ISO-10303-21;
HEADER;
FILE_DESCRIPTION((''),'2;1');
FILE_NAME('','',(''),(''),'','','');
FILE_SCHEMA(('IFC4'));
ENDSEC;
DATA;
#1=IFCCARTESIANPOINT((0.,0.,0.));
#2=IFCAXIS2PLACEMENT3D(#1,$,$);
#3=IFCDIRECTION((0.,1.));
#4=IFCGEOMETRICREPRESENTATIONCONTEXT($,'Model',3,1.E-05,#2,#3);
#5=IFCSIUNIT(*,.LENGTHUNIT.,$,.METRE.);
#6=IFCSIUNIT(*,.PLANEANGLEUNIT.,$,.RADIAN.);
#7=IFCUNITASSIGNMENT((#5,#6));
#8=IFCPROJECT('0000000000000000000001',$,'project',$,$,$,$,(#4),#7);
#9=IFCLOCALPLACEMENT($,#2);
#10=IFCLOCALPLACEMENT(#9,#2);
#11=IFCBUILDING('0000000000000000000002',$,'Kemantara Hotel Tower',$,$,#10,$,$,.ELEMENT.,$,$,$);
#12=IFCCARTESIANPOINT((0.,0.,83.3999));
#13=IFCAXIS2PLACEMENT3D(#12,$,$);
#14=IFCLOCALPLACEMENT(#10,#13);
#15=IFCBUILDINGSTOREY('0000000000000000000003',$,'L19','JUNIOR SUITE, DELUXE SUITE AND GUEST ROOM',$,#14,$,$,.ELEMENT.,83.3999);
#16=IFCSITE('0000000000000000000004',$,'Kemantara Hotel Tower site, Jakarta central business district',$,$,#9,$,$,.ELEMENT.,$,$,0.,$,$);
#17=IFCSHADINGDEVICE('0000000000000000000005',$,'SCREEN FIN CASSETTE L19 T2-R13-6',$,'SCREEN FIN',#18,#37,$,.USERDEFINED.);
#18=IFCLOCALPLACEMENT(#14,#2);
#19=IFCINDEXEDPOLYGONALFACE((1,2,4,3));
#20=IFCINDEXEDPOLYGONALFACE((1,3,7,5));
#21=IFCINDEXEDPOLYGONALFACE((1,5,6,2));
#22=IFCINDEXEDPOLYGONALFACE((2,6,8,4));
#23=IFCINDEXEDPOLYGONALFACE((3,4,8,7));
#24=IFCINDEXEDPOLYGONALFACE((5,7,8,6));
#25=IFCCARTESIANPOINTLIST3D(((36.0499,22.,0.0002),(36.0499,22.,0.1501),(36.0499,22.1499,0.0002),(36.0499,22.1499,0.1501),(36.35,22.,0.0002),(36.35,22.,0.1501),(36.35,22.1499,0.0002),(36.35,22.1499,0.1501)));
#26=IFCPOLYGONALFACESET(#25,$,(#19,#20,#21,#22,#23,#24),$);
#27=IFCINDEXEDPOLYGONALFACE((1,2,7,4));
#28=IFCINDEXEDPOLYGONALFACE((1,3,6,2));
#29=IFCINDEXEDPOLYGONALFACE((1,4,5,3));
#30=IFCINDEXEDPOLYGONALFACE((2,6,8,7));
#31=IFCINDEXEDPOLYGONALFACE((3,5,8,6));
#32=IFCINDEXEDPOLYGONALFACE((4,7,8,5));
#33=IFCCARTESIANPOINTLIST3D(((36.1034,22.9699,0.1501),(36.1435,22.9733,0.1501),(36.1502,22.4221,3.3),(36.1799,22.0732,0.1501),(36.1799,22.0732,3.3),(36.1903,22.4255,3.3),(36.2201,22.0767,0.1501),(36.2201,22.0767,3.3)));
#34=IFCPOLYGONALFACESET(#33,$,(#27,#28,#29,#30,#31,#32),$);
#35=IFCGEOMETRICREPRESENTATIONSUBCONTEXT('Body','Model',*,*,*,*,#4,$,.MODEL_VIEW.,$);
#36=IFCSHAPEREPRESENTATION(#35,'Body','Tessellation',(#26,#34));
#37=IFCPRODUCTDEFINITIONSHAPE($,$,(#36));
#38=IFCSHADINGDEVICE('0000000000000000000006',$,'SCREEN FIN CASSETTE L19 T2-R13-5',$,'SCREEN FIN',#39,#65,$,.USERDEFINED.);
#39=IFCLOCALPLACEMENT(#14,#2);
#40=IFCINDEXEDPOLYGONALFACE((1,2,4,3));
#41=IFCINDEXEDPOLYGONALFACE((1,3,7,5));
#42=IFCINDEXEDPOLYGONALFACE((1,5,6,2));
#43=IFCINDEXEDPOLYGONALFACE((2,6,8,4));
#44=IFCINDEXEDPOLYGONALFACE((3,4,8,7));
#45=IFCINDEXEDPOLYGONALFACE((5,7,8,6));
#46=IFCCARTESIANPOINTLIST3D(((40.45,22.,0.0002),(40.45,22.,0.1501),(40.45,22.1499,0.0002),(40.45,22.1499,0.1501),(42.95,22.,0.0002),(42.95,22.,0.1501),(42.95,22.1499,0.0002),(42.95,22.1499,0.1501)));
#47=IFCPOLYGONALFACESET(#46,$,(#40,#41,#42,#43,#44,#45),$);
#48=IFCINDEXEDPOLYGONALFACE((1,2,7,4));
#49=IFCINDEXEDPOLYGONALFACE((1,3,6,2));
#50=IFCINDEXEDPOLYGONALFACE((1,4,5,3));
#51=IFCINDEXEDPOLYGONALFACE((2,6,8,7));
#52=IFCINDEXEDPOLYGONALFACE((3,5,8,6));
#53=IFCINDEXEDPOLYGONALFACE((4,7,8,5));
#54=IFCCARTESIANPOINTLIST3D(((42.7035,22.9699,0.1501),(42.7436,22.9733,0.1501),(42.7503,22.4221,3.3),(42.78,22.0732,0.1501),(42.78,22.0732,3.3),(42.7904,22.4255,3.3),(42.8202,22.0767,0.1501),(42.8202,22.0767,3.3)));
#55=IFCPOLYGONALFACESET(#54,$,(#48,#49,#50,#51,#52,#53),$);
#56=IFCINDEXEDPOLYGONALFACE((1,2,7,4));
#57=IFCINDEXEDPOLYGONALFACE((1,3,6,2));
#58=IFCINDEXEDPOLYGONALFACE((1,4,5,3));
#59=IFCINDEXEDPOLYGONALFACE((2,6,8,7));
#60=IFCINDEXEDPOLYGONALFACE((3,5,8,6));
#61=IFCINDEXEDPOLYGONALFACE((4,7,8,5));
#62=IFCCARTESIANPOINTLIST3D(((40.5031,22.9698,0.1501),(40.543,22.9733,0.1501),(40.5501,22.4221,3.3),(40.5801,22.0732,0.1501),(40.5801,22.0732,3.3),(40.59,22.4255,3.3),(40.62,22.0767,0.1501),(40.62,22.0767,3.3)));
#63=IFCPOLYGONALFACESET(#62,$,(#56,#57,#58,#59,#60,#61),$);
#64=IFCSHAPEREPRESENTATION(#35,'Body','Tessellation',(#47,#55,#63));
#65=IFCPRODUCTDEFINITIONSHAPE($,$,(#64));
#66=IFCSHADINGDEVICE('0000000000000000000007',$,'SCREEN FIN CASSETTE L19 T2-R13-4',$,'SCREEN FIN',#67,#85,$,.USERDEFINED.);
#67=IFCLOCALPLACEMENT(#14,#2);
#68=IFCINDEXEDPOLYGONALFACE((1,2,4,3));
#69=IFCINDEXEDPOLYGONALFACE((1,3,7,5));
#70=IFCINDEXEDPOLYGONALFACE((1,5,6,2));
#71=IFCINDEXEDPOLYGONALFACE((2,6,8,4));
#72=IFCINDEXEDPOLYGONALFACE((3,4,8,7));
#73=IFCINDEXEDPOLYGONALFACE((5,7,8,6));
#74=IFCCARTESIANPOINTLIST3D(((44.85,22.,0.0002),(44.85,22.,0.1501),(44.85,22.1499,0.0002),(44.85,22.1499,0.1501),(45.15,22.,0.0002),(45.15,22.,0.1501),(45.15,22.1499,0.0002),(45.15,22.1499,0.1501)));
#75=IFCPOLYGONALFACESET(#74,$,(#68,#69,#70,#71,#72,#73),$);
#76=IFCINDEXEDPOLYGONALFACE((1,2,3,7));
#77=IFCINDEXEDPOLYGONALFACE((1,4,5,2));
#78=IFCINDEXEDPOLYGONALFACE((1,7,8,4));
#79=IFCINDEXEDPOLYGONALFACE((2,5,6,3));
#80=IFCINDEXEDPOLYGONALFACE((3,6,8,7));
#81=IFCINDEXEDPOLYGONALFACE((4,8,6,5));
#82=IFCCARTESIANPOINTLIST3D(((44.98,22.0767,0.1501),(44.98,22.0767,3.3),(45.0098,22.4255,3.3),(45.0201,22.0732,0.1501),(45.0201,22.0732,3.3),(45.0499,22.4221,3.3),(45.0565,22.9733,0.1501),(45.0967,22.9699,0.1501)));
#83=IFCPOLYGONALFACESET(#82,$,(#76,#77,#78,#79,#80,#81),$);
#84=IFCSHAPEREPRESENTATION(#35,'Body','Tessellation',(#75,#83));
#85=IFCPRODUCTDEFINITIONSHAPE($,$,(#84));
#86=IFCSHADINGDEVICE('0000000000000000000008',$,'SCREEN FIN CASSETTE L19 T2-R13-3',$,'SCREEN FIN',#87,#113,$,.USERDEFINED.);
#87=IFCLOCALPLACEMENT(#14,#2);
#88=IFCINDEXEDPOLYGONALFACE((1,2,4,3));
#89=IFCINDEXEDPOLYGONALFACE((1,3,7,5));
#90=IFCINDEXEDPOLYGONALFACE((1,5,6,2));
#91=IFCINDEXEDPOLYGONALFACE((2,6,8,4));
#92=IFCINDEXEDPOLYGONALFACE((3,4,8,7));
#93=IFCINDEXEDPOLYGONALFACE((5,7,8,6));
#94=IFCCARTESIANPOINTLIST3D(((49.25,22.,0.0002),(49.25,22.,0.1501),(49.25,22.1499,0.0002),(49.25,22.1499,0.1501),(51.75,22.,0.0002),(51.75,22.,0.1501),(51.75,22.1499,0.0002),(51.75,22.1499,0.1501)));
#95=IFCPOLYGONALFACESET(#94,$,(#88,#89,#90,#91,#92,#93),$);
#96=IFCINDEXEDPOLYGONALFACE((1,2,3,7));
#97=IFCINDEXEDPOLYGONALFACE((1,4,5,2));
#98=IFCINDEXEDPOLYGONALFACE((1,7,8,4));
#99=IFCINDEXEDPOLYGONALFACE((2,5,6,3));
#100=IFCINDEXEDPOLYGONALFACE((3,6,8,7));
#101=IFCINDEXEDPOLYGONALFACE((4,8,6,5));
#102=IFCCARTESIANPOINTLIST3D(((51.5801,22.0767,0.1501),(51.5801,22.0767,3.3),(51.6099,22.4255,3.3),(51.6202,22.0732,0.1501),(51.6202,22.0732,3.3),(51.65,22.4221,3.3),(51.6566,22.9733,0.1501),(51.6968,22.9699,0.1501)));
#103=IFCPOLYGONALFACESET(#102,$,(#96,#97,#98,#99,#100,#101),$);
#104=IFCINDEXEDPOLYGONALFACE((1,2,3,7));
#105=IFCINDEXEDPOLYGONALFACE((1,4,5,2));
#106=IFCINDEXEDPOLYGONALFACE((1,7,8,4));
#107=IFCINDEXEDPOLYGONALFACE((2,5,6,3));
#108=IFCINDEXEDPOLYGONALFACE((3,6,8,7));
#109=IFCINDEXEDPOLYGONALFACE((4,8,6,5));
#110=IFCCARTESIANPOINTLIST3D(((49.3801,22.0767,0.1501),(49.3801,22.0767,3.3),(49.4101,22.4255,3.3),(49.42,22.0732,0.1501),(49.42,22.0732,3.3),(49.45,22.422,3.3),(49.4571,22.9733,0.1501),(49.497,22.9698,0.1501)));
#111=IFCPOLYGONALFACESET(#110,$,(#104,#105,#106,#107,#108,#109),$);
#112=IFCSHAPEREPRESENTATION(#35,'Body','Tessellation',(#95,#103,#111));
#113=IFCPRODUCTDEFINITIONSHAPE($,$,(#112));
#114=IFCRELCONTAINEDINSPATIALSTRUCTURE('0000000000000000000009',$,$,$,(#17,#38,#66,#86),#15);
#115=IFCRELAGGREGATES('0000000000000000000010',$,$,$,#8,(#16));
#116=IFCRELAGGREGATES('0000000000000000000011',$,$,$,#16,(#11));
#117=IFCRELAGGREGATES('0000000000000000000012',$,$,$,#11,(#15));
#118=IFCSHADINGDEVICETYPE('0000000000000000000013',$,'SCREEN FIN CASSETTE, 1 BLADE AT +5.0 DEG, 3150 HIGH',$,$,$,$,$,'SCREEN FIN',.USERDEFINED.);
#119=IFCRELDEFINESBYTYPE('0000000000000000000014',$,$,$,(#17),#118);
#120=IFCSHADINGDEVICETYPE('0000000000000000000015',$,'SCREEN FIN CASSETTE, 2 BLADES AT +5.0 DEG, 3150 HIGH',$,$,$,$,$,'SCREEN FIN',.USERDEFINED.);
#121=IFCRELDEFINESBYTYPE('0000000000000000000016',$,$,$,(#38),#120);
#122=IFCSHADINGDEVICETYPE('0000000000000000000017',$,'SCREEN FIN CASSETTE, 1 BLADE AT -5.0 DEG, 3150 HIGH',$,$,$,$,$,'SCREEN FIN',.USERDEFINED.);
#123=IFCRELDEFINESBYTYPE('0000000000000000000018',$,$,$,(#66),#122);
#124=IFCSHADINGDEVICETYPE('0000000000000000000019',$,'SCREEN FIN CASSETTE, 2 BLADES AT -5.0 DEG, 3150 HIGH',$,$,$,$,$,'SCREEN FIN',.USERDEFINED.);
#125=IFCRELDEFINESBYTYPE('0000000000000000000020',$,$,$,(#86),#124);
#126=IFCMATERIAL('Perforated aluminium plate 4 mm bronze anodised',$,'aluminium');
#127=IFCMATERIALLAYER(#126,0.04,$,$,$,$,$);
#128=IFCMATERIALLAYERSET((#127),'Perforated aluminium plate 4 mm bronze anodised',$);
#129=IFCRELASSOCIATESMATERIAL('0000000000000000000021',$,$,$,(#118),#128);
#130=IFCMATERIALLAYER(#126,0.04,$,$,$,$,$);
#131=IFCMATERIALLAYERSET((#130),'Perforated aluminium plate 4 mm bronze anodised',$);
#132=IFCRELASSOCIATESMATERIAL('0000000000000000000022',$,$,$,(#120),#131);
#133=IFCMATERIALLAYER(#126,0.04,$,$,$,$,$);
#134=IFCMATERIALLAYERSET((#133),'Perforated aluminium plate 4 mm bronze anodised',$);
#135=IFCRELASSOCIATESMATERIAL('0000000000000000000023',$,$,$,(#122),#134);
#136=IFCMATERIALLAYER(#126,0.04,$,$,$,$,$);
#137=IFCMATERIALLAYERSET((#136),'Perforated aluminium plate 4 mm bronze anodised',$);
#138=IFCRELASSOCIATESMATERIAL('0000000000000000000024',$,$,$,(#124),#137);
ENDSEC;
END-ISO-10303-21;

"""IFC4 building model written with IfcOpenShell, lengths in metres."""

from ifc_helpers import new_model, si_unit, direction, frame, origin, origin_2d, place, context, subcontext, project, spatial, polyline, rectangle, outline, extrude, source, transform, mapped, material, layer, layer_set, type_object, element, save


model = new_model("IFC4")

# Units and contexts
model_context = context("Model", 3, precision=1e-05, world=origin(), true_north=direction((0.0, 1.0)))
body_context = subcontext(model_context, "Body", "Model", "MODEL_VIEW")
ifc_project = project(units=[si_unit("LENGTHUNIT", "METRE"), si_unit("PLANEANGLEUNIT", "RADIAN")], contexts=[model_context])

# Site, building, storey
site_placement = place(None, origin())
site = spatial("IfcSite", under=ifc_project, at=site_placement, Name="Kemantara Hotel Tower site, Jakarta central business district", CompositionType="ELEMENT", RefElevation=0.0)
building_placement = place(site_placement, origin())
building = spatial("IfcBuilding", under=site, at=building_placement, Name="Kemantara Hotel Tower", CompositionType="ELEMENT")
storey_placement = place(building_placement, frame((0.0, 0.0, 83.3999)))
storey = spatial("IfcBuildingStorey", under=building, at=storey_placement, Name="L19", Description="JUNIOR SUITE, DELUXE SUITE AND GUEST ROOM", CompositionType="ELEMENT", Elevation=83.3999)

# Shading devices
ifc_material_1 = material(Name="Perforated aluminium plate 4 mm bronze anodised", Category="aluminium")
ifc_layer_1 = layer(ifc_material_1, 0.04)
ifc_layer_set_1 = layer_set([ifc_layer_1], Name="Perforated aluminium plate 4 mm bronze anodised")
shading_device_type_1 = type_object("IfcShadingDeviceType", Name="SCREEN FIN CASSETTE, 1 BLADE AT +5.0 DEG, 3150 HIGH", ElementType="SCREEN FIN", PredefinedType="USERDEFINED", material=ifc_layer_set_1)
shared_shape_1 = source(origin(), body_context, "Body", "SweptSolid", [
    extrude(rectangle(XDim=0.3, YDim=0.1499, at=origin_2d()), frame((0.0, -0.075, -0.1499), z_axis=(0.0, 0.0, 1.0), x_axis=(1.0, 0.0, 0.0)), (0.0, 0.0, 1.0), 0.1499),
    extrude(outline(polyline([(0.0, 0.0), (0.8999, 0.0), (0.3501, 3.1499), (0.0, 3.1499), (0.0, 0.0)])), frame((0.02, -0.0732, 0.0), z_axis=(-0.996376, -0.085056, 0.0), x_axis=(0.085056, -0.996376, 0.0)), (0.0, 0.0, 1.0), 0.0403),
])
shading_device_1_placement = place(storey_placement, frame((36.2, 22.0, 0.1501), z_axis=(0.0, 0.0, 1.0), x_axis=(-1.0, 0.0, 0.0)))
element("IfcShadingDevice", 1, at=shading_device_1_placement, inside=storey, type_object=shading_device_type_1, Name="SCREEN FIN CASSETTE L19 T2-R13-6", ObjectType="SCREEN FIN", PredefinedType="USERDEFINED", context=body_context, shape_type="MappedRepresentation", body=[
    mapped(shared_shape_1, transform((0.0, 0.0, 0.0))),
])
ifc_layer_2 = layer(ifc_material_1, 0.04)
ifc_layer_set_2 = layer_set([ifc_layer_2], Name="Perforated aluminium plate 4 mm bronze anodised")
shading_device_type_2 = type_object("IfcShadingDeviceType", Name="SCREEN FIN CASSETTE, 2 BLADES AT +5.0 DEG, 3150 HIGH", ElementType="SCREEN FIN", PredefinedType="USERDEFINED", material=ifc_layer_set_2)
shared_shape_2 = source(origin(), body_context, "Body", "SweptSolid", [
    extrude(rectangle(XDim=2.5, YDim=0.1499, at=origin_2d()), frame((1.1001, -0.075, -0.1499), z_axis=(0.0, 0.0, 1.0), x_axis=(1.0, 0.0, 0.0)), (0.0, 0.0, 1.0), 0.1499),
    extrude(outline(polyline([(0.0, 0.0), (0.8999, 0.0), (0.3501, 3.1499), (0.0, 3.1499), (0.0, 0.0)])), frame((0.02, -0.0732, 0.0), z_axis=(-0.996376, -0.085056, 0.0), x_axis=(0.085056, -0.996376, 0.0)), (0.0, 0.0, 1.0), 0.0403),
    extrude(outline(polyline([(0.0, 0.0), (0.8999, 0.0), (0.3501, 3.1499), (0.0, 3.1499), (0.0, 0.0)])), frame((2.22, -0.0732, 0.0), z_axis=(-0.996332, -0.085575, 0.0), x_axis=(0.085575, -0.996332, 0.0)), (0.0, 0.0, 1.0), 0.04),
])
shading_device_2_placement = place(storey_placement, frame((42.8, 22.0, 0.1501), z_axis=(0.0, 0.0, 1.0), x_axis=(-1.0, 0.0, 0.0)))
element("IfcShadingDevice", 2, at=shading_device_2_placement, inside=storey, type_object=shading_device_type_2, Name="SCREEN FIN CASSETTE L19 T2-R13-5", ObjectType="SCREEN FIN", PredefinedType="USERDEFINED", context=body_context, shape_type="MappedRepresentation", body=[
    mapped(shared_shape_2, transform((0.0, 0.0, 0.0))),
])
ifc_layer_3 = layer(ifc_material_1, 0.04)
ifc_layer_set_3 = layer_set([ifc_layer_3], Name="Perforated aluminium plate 4 mm bronze anodised")
shading_device_type_3 = type_object("IfcShadingDeviceType", Name="SCREEN FIN CASSETTE, 1 BLADE AT -5.0 DEG, 3150 HIGH", ElementType="SCREEN FIN", PredefinedType="USERDEFINED", material=ifc_layer_set_3)
shared_shape_3 = source(origin(), body_context, "Body", "SweptSolid", [
    extrude(rectangle(XDim=0.3, YDim=0.1499, at=origin_2d()), frame((0.0, -0.075, -0.1499), z_axis=(0.0, 0.0, 1.0), x_axis=(1.0, 0.0, 0.0)), (0.0, 0.0, 1.0), 0.1499),
    extrude(outline(polyline([(0.0, 0.0), (0.8999, 0.0), (0.3501, 3.1499), (0.0, 3.1499), (0.0, 0.0)])), frame((0.02, -0.0767, 0.0), z_axis=(-0.996376, 0.085056, 0.0), x_axis=(-0.085056, -0.996376, 0.0)), (0.0, 0.0, 1.0), 0.0403),
])
shading_device_3_placement = place(storey_placement, frame((45.0, 22.0, 0.1501), z_axis=(0.0, 0.0, 1.0), x_axis=(-1.0, 0.0, 0.0)))
element("IfcShadingDevice", 3, at=shading_device_3_placement, inside=storey, type_object=shading_device_type_3, Name="SCREEN FIN CASSETTE L19 T2-R13-4", ObjectType="SCREEN FIN", PredefinedType="USERDEFINED", context=body_context, shape_type="MappedRepresentation", body=[
    mapped(shared_shape_3, transform((0.0, 0.0, 0.0))),
])
ifc_layer_4 = layer(ifc_material_1, 0.04)
ifc_layer_set_4 = layer_set([ifc_layer_4], Name="Perforated aluminium plate 4 mm bronze anodised")
shading_device_type_4 = type_object("IfcShadingDeviceType", Name="SCREEN FIN CASSETTE, 2 BLADES AT -5.0 DEG, 3150 HIGH", ElementType="SCREEN FIN", PredefinedType="USERDEFINED", material=ifc_layer_set_4)
shared_shape_4 = source(origin(), body_context, "Body", "SweptSolid", [
    extrude(rectangle(XDim=2.5, YDim=0.1499, at=origin_2d()), frame((1.1001, -0.075, -0.1499), z_axis=(0.0, 0.0, 1.0), x_axis=(1.0, 0.0, 0.0)), (0.0, 0.0, 1.0), 0.1499),
    extrude(outline(polyline([(0.0, 0.0), (0.8999, 0.0), (0.3501, 3.1499), (0.0, 3.1499), (0.0, 0.0)])), frame((0.02, -0.0767, 0.0), z_axis=(-0.996376, 0.085056, 0.0), x_axis=(-0.085056, -0.996376, 0.0)), (0.0, 0.0, 1.0), 0.0403),
    extrude(outline(polyline([(0.0, 0.0), (0.8999, 0.0), (0.3501, 3.1499), (0.0, 3.1499), (0.0, 0.0)])), frame((2.22, -0.0767, 0.0), z_axis=(-0.996332, 0.085575, 0.0), x_axis=(-0.085575, -0.996332, 0.0)), (0.0, 0.0, 1.0), 0.04),
])
shading_device_4_placement = place(storey_placement, frame((51.6001, 22.0, 0.1501), z_axis=(0.0, 0.0, 1.0), x_axis=(-1.0, 0.0, 0.0)))
element("IfcShadingDevice", 4, at=shading_device_4_placement, inside=storey, type_object=shading_device_type_4, Name="SCREEN FIN CASSETTE L19 T2-R13-3", ObjectType="SCREEN FIN", PredefinedType="USERDEFINED", context=body_context, shape_type="MappedRepresentation", body=[
    mapped(shared_shape_4, transform((0.0, 0.0, 0.0))),
])

save(model, "model.ifc")
